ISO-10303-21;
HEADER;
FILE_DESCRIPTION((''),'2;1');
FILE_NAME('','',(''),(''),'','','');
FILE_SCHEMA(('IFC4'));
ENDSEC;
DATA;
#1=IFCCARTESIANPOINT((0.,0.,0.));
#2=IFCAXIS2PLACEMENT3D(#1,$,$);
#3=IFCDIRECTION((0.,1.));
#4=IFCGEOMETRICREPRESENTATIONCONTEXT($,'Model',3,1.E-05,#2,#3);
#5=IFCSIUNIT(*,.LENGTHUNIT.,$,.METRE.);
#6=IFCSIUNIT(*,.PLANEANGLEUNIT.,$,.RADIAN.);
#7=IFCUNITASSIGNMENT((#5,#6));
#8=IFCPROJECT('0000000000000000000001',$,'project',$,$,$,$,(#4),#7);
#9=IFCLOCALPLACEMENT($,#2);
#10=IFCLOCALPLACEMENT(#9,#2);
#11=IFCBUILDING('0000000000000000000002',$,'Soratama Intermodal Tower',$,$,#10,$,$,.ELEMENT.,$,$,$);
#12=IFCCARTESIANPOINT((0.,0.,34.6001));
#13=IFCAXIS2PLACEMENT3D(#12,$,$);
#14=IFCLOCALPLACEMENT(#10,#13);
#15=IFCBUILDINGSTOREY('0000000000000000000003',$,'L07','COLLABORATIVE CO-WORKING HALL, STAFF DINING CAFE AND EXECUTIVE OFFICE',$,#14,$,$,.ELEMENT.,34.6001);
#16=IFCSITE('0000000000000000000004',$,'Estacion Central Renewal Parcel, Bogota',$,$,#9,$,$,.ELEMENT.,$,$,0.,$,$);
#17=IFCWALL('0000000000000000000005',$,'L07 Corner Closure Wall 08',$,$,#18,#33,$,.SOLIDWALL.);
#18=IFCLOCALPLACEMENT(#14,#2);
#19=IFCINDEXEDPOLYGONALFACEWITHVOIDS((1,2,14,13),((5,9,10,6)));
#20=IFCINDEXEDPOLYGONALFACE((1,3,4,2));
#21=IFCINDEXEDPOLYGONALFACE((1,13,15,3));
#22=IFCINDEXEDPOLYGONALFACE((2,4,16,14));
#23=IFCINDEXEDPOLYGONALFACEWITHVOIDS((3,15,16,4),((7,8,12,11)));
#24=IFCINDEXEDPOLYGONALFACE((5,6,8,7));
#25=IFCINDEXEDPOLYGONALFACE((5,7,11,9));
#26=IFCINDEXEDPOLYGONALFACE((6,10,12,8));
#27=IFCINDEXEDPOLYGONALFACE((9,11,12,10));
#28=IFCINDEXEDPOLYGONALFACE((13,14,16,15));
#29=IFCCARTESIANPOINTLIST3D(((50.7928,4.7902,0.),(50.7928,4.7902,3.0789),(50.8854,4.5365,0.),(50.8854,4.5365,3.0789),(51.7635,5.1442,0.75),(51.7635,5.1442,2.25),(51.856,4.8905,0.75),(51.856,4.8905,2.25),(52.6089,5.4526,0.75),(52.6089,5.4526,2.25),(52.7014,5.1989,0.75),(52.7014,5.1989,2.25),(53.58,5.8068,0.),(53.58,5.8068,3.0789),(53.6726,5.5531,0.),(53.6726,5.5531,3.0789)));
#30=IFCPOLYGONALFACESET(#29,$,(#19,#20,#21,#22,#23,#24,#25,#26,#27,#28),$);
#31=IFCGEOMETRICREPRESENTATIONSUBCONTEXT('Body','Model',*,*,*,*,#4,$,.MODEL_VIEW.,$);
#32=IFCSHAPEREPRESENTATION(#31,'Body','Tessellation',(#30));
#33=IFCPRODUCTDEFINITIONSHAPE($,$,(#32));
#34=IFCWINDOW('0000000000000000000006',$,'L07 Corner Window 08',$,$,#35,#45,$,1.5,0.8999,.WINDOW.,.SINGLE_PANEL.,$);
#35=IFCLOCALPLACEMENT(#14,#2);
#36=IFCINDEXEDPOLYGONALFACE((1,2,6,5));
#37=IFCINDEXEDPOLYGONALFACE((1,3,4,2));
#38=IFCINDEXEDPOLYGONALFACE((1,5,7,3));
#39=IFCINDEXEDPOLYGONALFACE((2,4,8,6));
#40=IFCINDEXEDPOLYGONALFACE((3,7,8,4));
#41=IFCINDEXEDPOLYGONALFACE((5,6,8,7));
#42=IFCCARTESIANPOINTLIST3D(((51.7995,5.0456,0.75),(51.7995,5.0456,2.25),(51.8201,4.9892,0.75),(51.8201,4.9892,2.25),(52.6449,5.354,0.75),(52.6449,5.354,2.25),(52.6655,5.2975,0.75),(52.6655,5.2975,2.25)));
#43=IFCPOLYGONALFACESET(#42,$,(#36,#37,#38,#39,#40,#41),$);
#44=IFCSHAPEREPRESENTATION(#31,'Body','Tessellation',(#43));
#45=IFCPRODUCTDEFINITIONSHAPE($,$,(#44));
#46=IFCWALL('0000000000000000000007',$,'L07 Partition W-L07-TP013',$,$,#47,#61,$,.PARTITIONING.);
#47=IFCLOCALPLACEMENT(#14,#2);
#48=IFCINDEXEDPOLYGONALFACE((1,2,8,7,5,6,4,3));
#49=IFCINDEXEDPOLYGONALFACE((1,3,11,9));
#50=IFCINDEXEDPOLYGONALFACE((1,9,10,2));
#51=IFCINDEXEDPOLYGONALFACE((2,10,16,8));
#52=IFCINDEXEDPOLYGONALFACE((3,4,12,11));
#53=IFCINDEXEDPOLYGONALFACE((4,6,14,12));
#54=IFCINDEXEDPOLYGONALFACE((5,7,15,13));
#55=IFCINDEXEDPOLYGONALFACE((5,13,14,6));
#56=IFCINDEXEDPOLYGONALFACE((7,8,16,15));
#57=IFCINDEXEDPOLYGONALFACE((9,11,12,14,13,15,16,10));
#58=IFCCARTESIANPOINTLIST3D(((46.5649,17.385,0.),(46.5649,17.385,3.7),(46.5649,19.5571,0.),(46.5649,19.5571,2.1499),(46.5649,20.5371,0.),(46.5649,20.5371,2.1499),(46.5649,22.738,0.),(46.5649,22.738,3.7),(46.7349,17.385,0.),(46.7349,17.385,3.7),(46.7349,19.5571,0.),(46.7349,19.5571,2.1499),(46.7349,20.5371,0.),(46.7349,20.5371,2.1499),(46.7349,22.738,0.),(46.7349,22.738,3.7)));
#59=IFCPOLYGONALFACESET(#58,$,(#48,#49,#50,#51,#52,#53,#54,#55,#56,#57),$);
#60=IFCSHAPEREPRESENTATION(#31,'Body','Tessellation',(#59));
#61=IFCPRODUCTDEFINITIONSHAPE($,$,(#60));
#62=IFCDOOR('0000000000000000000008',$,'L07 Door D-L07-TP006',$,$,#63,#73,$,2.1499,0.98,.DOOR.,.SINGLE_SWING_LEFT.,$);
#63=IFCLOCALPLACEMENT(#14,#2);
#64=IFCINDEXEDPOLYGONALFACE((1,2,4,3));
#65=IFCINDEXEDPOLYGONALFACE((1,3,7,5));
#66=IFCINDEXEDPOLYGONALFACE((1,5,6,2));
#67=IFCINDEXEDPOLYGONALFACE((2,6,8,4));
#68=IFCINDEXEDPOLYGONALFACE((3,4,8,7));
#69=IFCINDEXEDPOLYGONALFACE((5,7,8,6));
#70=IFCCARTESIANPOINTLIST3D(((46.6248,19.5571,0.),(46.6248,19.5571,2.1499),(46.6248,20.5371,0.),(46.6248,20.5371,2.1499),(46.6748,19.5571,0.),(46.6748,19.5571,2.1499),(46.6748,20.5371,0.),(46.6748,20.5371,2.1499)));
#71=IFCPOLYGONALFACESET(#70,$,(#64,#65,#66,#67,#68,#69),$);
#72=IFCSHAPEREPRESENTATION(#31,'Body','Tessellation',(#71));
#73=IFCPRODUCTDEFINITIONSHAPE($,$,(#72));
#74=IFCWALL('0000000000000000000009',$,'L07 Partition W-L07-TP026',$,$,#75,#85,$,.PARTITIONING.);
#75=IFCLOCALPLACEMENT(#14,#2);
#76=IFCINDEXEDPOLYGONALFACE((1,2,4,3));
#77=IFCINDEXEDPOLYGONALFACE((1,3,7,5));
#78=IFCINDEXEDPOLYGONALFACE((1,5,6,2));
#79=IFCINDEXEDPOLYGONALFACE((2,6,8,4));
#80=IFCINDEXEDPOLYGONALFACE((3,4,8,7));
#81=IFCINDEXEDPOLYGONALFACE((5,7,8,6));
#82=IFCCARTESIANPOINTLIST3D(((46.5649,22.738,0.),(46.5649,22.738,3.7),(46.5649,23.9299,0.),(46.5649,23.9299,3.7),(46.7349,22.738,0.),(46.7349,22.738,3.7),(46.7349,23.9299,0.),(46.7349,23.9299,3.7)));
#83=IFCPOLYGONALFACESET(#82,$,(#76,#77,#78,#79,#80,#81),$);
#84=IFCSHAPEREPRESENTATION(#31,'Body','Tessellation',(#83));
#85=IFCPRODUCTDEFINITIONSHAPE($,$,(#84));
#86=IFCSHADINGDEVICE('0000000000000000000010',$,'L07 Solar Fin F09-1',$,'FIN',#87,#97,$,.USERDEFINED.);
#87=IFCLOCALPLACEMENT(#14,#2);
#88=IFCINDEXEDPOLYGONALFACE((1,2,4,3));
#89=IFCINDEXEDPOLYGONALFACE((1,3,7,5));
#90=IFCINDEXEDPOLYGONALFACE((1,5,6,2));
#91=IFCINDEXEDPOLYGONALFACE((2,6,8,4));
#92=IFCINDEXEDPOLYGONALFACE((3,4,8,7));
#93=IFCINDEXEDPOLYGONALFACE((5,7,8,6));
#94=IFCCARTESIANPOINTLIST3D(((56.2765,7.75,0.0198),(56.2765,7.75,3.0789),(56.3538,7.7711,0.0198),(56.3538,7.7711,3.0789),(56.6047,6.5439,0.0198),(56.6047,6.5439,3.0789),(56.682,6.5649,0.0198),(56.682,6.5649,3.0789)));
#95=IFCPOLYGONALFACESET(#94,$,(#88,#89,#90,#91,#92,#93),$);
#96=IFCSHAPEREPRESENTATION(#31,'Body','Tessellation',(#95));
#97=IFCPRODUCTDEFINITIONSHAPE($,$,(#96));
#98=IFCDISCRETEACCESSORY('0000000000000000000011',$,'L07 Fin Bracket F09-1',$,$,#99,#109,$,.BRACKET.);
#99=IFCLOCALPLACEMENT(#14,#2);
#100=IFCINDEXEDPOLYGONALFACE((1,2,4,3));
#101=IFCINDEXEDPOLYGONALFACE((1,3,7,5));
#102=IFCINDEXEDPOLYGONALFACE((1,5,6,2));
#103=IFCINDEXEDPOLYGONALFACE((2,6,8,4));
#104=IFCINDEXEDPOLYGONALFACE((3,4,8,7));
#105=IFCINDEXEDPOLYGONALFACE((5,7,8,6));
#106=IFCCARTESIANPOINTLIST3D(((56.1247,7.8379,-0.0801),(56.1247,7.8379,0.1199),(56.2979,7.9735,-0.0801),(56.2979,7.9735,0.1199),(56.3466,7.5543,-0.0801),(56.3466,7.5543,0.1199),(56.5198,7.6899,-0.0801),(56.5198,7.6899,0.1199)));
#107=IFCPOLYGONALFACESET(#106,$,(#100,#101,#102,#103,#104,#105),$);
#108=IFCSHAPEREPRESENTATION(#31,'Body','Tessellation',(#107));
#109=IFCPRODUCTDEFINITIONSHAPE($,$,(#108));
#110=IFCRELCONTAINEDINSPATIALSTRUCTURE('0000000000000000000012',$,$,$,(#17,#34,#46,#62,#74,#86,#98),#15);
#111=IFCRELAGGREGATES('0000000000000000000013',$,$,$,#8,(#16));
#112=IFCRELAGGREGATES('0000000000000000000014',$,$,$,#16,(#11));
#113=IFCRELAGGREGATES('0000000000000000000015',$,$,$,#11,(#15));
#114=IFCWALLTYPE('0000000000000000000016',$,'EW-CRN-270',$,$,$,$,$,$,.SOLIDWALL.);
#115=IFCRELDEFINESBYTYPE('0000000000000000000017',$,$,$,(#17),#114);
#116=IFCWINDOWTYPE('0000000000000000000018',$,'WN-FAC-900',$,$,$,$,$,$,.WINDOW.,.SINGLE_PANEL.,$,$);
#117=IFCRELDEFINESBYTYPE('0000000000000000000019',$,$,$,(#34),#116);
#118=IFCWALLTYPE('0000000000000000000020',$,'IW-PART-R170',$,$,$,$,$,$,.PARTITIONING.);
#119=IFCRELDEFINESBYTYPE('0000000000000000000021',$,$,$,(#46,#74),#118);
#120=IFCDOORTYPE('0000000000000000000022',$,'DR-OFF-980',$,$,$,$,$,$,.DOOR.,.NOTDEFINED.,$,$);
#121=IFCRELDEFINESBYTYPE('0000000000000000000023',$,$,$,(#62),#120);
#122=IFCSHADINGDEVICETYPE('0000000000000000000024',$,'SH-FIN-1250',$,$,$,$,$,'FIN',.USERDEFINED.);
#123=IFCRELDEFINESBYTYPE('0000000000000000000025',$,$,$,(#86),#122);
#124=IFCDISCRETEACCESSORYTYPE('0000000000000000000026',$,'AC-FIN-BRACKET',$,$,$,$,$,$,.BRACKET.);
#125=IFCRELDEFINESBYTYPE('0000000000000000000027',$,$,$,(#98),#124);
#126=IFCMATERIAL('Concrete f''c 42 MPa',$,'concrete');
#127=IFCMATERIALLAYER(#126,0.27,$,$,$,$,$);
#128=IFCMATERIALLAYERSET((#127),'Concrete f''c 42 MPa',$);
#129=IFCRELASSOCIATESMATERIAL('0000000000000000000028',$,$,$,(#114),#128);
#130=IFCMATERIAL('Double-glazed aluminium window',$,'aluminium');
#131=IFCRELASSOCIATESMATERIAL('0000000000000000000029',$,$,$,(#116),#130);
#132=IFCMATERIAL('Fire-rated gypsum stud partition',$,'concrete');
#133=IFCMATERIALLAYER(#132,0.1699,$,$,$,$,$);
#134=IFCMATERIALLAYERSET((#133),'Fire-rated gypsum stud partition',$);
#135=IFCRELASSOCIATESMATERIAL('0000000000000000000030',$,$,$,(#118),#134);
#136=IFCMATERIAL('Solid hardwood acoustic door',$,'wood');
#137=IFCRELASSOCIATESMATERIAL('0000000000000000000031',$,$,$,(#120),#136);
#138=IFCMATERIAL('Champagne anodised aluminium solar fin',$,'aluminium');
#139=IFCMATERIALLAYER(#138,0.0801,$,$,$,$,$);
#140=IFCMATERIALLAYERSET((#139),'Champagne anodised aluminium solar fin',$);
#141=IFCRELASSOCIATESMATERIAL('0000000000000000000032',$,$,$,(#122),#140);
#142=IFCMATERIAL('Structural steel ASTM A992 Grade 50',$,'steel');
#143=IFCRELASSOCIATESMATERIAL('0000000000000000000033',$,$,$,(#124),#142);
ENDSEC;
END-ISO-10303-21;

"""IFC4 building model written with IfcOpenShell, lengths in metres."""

from ifc_helpers import new_model, si_unit, direction, frame, frame_2d, origin, origin_2d, place, context, subcontext, project, spatial, rectangle, extrude, material, layer, layer_set, type_object, element, fill, save


model = new_model("IFC4")

# Units and contexts
model_context = context("Model", 3, precision=1e-05, world=origin(), true_north=direction((0.0, 1.0)))
body_context = subcontext(model_context, "Body", "Model", "MODEL_VIEW")
ifc_project = project(units=[si_unit("LENGTHUNIT", "METRE"), si_unit("PLANEANGLEUNIT", "RADIAN")], contexts=[model_context])

# Site, building, storey
site_placement = place(None, origin())
site = spatial("IfcSite", under=ifc_project, at=site_placement, Name="Estacion Central Renewal Parcel, Bogota", CompositionType="ELEMENT", RefElevation=0.0)
building_placement = place(site_placement, origin())
building = spatial("IfcBuilding", under=site, at=building_placement, Name="Soratama Intermodal Tower", CompositionType="ELEMENT")
storey_placement = place(building_placement, frame((0.0, 0.0, 34.6001)))
storey = spatial("IfcBuildingStorey", under=building, at=storey_placement, Name="L07", Description="COLLABORATIVE CO-WORKING HALL, STAFF DINING CAFE AND EXECUTIVE OFFICE", CompositionType="ELEMENT", Elevation=34.6001)

# Wall, opening, window
ifc_material_1 = material(Name="Concrete f'c 42 MPa", Category="concrete")
ifc_layer_1 = layer(ifc_material_1, 0.27)
ifc_layer_set_1 = layer_set([ifc_layer_1], Name="Concrete f'c 42 MPa")
wall_type_1 = type_object("IfcWallType", Name="EW-CRN-270", PredefinedType="SOLIDWALL", material=ifc_layer_set_1)
wall_1_placement = place(storey_placement, frame((50.8391, 4.6633, 0.0), z_axis=(0.0, 0.0, 1.0), x_axis=(0.939457, 0.342668, 0.0)))
wall_1 = element("IfcWall", 1, at=wall_1_placement, inside=storey, type_object=wall_type_1, Name="L07 Corner Closure Wall 08", PredefinedType="SOLIDWALL", context=body_context, shape_type="SweptSolid", body=[
    extrude(rectangle(XDim=2.9668, YDim=0.27, at=frame_2d((1.4834, 0.0))), origin(), (0.0, 0.0, 1.0), 3.0789),
])
opening_1_placement = place(wall_1_placement, frame((1.0332, 0.0, 0.75)))
opening_1 = element("IfcOpeningElement", 2, at=opening_1_placement, cuts=wall_1, PredefinedType="OPENING", context=body_context, shape_type="SweptSolid", body=[
    extrude(rectangle(XDim=0.8999, YDim=1.5, at=frame_2d((0.45, 0.75))), frame((0.0, 0.145, 0.0), z_axis=(0.0, -1.0, 0.0), x_axis=(1.0, 0.0, 0.0)), (0.0, 0.0, 1.0), 0.29),
])
ifc_material_2 = material(Name="Double-glazed aluminium window", Category="aluminium")
window_type = type_object("IfcWindowType", Name="WN-FAC-900", PartitioningType="SINGLE_PANEL", PredefinedType="WINDOW", material=ifc_material_2)
window_placement = place(opening_1_placement, origin())
window = element("IfcWindow", 3, at=window_placement, inside=storey, type_object=window_type, Name="L07 Corner Window 08", OverallHeight=1.5, OverallWidth=0.8999, PartitioningType="SINGLE_PANEL", PredefinedType="WINDOW", context=body_context, shape_type="SweptSolid", body=[
    extrude(rectangle(XDim=0.8999, YDim=1.5, at=frame_2d((0.45, 0.75))), frame((0.0, 0.03, 0.0), z_axis=(0.0, -1.0, 0.0), x_axis=(1.0, 0.0, 0.0)), (0.0, 0.0, 1.0), 0.0601),
])
fill(opening_1, window)

# Wall, opening, door
ifc_material_3 = material(Name="Fire-rated gypsum stud partition", Category="concrete")
ifc_layer_2 = layer(ifc_material_3, 0.1699)
ifc_layer_set_2 = layer_set([ifc_layer_2], Name="Fire-rated gypsum stud partition")
wall_type_2 = type_object("IfcWallType", Name="IW-PART-R170", PredefinedType="PARTITIONING", material=ifc_layer_set_2)
wall_2_placement = place(storey_placement, frame((46.6499, 22.738, 0.0), z_axis=(0.0, 0.0, 1.0), x_axis=(0.0, -1.0, 0.0)))
wall_2 = element("IfcWall", 4, at=wall_2_placement, inside=storey, type_object=wall_type_2, Name="L07 Partition W-L07-TP013", PredefinedType="PARTITIONING", context=body_context, shape_type="SweptSolid", body=[
    extrude(rectangle(XDim=5.353, YDim=0.1699, at=frame_2d((2.6765, 0.0))), origin(), (0.0, 0.0, 1.0), 3.7),
])
opening_2_placement = place(wall_2_placement, frame((2.2009, 0.0, 0.0)))
opening_2 = element("IfcOpeningElement", 5, at=opening_2_placement, cuts=wall_2, PredefinedType="OPENING", context=body_context, shape_type="SweptSolid", body=[
    extrude(rectangle(XDim=0.98, YDim=2.1499, at=frame_2d((0.49, 1.075))), frame((0.0, 0.095, 0.0), z_axis=(0.0, -1.0, 0.0), x_axis=(1.0, 0.0, 0.0)), (0.0, 0.0, 1.0), 0.1899),
])
ifc_material_4 = material(Name="Solid hardwood acoustic door", Category="wood")
door_type = type_object("IfcDoorType", Name="DR-OFF-980", OperationType="NOTDEFINED", PredefinedType="DOOR", material=ifc_material_4)
door_placement = place(opening_2_placement, origin())
door = element("IfcDoor", 6, at=door_placement, inside=storey, type_object=door_type, Name="L07 Door D-L07-TP006", OperationType="SINGLE_SWING_LEFT", OverallHeight=2.1499, OverallWidth=0.98, PredefinedType="DOOR", context=body_context, shape_type="SweptSolid", body=[
    extrude(rectangle(XDim=0.98, YDim=2.1499, at=frame_2d((0.49, 1.075))), frame((0.0, 0.0249, 0.0), z_axis=(0.0, -1.0, 0.0), x_axis=(1.0, 0.0, 0.0)), (0.0, 0.0, 1.0), 0.05),
])
fill(opening_2, door)

# Wall
wall_3_placement = place(storey_placement, frame((46.6499, 23.9299, 0.0), z_axis=(0.0, 0.0, 1.0), x_axis=(0.0, -1.0, 0.0)))
element("IfcWall", 7, at=wall_3_placement, inside=storey, type_object=wall_type_2, Name="L07 Partition W-L07-TP026", PredefinedType="PARTITIONING", context=body_context, shape_type="SweptSolid", body=[
    extrude(rectangle(XDim=1.1919, YDim=0.1699, at=frame_2d((0.5959, 0.0))), origin(), (0.0, 0.0, 1.0), 3.7),
])

# Shading device
ifc_material_5 = material(Name="Champagne anodised aluminium solar fin", Category="aluminium")
ifc_layer_3 = layer(ifc_material_5, 0.0801)
ifc_layer_set_3 = layer_set([ifc_layer_3], Name="Champagne anodised aluminium solar fin")
shading_device_type = type_object("IfcShadingDeviceType", Name="SH-FIN-1250", ElementType="FIN", PredefinedType="USERDEFINED", material=ifc_layer_set_3)
shading_device_placement = place(storey_placement, frame((56.4792, 7.1575, 0.0198), z_axis=(0.0, 0.0, 1.0), x_axis=(0.262526, -0.964925, 0.0)))
element("IfcShadingDevice", 8, at=shading_device_placement, inside=storey, type_object=shading_device_type, Name="L07 Solar Fin F09-1", ObjectType="FIN", PredefinedType="USERDEFINED", context=body_context, shape_type="SweptSolid", body=[
    extrude(rectangle(XDim=1.25, YDim=0.0801, at=origin_2d()), origin(), (0.0, 0.0, 1.0), 3.0591),
])

# Discrete accessory
ifc_material_6 = material(Name="Structural steel ASTM A992 Grade 50", Category="steel")
discrete_accessory_type = type_object("IfcDiscreteAccessoryType", Name="AC-FIN-BRACKET", PredefinedType="BRACKET", material=ifc_material_6)
discrete_accessory_placement = place(storey_placement, frame((56.3223, 7.7639, -0.0801), z_axis=(0.0, 0.0, 1.0), x_axis=(0.616211, -0.787581, 0.0)))
element("IfcDiscreteAccessory", 9, at=discrete_accessory_placement, inside=storey, type_object=discrete_accessory_type, Name="L07 Fin Bracket F09-1", PredefinedType="BRACKET", context=body_context, shape_type="SweptSolid", body=[
    extrude(rectangle(XDim=0.3601, YDim=0.22, at=origin_2d()), origin(), (0.0, 0.0, 1.0), 0.2),
])

save(model, "model.ifc")
